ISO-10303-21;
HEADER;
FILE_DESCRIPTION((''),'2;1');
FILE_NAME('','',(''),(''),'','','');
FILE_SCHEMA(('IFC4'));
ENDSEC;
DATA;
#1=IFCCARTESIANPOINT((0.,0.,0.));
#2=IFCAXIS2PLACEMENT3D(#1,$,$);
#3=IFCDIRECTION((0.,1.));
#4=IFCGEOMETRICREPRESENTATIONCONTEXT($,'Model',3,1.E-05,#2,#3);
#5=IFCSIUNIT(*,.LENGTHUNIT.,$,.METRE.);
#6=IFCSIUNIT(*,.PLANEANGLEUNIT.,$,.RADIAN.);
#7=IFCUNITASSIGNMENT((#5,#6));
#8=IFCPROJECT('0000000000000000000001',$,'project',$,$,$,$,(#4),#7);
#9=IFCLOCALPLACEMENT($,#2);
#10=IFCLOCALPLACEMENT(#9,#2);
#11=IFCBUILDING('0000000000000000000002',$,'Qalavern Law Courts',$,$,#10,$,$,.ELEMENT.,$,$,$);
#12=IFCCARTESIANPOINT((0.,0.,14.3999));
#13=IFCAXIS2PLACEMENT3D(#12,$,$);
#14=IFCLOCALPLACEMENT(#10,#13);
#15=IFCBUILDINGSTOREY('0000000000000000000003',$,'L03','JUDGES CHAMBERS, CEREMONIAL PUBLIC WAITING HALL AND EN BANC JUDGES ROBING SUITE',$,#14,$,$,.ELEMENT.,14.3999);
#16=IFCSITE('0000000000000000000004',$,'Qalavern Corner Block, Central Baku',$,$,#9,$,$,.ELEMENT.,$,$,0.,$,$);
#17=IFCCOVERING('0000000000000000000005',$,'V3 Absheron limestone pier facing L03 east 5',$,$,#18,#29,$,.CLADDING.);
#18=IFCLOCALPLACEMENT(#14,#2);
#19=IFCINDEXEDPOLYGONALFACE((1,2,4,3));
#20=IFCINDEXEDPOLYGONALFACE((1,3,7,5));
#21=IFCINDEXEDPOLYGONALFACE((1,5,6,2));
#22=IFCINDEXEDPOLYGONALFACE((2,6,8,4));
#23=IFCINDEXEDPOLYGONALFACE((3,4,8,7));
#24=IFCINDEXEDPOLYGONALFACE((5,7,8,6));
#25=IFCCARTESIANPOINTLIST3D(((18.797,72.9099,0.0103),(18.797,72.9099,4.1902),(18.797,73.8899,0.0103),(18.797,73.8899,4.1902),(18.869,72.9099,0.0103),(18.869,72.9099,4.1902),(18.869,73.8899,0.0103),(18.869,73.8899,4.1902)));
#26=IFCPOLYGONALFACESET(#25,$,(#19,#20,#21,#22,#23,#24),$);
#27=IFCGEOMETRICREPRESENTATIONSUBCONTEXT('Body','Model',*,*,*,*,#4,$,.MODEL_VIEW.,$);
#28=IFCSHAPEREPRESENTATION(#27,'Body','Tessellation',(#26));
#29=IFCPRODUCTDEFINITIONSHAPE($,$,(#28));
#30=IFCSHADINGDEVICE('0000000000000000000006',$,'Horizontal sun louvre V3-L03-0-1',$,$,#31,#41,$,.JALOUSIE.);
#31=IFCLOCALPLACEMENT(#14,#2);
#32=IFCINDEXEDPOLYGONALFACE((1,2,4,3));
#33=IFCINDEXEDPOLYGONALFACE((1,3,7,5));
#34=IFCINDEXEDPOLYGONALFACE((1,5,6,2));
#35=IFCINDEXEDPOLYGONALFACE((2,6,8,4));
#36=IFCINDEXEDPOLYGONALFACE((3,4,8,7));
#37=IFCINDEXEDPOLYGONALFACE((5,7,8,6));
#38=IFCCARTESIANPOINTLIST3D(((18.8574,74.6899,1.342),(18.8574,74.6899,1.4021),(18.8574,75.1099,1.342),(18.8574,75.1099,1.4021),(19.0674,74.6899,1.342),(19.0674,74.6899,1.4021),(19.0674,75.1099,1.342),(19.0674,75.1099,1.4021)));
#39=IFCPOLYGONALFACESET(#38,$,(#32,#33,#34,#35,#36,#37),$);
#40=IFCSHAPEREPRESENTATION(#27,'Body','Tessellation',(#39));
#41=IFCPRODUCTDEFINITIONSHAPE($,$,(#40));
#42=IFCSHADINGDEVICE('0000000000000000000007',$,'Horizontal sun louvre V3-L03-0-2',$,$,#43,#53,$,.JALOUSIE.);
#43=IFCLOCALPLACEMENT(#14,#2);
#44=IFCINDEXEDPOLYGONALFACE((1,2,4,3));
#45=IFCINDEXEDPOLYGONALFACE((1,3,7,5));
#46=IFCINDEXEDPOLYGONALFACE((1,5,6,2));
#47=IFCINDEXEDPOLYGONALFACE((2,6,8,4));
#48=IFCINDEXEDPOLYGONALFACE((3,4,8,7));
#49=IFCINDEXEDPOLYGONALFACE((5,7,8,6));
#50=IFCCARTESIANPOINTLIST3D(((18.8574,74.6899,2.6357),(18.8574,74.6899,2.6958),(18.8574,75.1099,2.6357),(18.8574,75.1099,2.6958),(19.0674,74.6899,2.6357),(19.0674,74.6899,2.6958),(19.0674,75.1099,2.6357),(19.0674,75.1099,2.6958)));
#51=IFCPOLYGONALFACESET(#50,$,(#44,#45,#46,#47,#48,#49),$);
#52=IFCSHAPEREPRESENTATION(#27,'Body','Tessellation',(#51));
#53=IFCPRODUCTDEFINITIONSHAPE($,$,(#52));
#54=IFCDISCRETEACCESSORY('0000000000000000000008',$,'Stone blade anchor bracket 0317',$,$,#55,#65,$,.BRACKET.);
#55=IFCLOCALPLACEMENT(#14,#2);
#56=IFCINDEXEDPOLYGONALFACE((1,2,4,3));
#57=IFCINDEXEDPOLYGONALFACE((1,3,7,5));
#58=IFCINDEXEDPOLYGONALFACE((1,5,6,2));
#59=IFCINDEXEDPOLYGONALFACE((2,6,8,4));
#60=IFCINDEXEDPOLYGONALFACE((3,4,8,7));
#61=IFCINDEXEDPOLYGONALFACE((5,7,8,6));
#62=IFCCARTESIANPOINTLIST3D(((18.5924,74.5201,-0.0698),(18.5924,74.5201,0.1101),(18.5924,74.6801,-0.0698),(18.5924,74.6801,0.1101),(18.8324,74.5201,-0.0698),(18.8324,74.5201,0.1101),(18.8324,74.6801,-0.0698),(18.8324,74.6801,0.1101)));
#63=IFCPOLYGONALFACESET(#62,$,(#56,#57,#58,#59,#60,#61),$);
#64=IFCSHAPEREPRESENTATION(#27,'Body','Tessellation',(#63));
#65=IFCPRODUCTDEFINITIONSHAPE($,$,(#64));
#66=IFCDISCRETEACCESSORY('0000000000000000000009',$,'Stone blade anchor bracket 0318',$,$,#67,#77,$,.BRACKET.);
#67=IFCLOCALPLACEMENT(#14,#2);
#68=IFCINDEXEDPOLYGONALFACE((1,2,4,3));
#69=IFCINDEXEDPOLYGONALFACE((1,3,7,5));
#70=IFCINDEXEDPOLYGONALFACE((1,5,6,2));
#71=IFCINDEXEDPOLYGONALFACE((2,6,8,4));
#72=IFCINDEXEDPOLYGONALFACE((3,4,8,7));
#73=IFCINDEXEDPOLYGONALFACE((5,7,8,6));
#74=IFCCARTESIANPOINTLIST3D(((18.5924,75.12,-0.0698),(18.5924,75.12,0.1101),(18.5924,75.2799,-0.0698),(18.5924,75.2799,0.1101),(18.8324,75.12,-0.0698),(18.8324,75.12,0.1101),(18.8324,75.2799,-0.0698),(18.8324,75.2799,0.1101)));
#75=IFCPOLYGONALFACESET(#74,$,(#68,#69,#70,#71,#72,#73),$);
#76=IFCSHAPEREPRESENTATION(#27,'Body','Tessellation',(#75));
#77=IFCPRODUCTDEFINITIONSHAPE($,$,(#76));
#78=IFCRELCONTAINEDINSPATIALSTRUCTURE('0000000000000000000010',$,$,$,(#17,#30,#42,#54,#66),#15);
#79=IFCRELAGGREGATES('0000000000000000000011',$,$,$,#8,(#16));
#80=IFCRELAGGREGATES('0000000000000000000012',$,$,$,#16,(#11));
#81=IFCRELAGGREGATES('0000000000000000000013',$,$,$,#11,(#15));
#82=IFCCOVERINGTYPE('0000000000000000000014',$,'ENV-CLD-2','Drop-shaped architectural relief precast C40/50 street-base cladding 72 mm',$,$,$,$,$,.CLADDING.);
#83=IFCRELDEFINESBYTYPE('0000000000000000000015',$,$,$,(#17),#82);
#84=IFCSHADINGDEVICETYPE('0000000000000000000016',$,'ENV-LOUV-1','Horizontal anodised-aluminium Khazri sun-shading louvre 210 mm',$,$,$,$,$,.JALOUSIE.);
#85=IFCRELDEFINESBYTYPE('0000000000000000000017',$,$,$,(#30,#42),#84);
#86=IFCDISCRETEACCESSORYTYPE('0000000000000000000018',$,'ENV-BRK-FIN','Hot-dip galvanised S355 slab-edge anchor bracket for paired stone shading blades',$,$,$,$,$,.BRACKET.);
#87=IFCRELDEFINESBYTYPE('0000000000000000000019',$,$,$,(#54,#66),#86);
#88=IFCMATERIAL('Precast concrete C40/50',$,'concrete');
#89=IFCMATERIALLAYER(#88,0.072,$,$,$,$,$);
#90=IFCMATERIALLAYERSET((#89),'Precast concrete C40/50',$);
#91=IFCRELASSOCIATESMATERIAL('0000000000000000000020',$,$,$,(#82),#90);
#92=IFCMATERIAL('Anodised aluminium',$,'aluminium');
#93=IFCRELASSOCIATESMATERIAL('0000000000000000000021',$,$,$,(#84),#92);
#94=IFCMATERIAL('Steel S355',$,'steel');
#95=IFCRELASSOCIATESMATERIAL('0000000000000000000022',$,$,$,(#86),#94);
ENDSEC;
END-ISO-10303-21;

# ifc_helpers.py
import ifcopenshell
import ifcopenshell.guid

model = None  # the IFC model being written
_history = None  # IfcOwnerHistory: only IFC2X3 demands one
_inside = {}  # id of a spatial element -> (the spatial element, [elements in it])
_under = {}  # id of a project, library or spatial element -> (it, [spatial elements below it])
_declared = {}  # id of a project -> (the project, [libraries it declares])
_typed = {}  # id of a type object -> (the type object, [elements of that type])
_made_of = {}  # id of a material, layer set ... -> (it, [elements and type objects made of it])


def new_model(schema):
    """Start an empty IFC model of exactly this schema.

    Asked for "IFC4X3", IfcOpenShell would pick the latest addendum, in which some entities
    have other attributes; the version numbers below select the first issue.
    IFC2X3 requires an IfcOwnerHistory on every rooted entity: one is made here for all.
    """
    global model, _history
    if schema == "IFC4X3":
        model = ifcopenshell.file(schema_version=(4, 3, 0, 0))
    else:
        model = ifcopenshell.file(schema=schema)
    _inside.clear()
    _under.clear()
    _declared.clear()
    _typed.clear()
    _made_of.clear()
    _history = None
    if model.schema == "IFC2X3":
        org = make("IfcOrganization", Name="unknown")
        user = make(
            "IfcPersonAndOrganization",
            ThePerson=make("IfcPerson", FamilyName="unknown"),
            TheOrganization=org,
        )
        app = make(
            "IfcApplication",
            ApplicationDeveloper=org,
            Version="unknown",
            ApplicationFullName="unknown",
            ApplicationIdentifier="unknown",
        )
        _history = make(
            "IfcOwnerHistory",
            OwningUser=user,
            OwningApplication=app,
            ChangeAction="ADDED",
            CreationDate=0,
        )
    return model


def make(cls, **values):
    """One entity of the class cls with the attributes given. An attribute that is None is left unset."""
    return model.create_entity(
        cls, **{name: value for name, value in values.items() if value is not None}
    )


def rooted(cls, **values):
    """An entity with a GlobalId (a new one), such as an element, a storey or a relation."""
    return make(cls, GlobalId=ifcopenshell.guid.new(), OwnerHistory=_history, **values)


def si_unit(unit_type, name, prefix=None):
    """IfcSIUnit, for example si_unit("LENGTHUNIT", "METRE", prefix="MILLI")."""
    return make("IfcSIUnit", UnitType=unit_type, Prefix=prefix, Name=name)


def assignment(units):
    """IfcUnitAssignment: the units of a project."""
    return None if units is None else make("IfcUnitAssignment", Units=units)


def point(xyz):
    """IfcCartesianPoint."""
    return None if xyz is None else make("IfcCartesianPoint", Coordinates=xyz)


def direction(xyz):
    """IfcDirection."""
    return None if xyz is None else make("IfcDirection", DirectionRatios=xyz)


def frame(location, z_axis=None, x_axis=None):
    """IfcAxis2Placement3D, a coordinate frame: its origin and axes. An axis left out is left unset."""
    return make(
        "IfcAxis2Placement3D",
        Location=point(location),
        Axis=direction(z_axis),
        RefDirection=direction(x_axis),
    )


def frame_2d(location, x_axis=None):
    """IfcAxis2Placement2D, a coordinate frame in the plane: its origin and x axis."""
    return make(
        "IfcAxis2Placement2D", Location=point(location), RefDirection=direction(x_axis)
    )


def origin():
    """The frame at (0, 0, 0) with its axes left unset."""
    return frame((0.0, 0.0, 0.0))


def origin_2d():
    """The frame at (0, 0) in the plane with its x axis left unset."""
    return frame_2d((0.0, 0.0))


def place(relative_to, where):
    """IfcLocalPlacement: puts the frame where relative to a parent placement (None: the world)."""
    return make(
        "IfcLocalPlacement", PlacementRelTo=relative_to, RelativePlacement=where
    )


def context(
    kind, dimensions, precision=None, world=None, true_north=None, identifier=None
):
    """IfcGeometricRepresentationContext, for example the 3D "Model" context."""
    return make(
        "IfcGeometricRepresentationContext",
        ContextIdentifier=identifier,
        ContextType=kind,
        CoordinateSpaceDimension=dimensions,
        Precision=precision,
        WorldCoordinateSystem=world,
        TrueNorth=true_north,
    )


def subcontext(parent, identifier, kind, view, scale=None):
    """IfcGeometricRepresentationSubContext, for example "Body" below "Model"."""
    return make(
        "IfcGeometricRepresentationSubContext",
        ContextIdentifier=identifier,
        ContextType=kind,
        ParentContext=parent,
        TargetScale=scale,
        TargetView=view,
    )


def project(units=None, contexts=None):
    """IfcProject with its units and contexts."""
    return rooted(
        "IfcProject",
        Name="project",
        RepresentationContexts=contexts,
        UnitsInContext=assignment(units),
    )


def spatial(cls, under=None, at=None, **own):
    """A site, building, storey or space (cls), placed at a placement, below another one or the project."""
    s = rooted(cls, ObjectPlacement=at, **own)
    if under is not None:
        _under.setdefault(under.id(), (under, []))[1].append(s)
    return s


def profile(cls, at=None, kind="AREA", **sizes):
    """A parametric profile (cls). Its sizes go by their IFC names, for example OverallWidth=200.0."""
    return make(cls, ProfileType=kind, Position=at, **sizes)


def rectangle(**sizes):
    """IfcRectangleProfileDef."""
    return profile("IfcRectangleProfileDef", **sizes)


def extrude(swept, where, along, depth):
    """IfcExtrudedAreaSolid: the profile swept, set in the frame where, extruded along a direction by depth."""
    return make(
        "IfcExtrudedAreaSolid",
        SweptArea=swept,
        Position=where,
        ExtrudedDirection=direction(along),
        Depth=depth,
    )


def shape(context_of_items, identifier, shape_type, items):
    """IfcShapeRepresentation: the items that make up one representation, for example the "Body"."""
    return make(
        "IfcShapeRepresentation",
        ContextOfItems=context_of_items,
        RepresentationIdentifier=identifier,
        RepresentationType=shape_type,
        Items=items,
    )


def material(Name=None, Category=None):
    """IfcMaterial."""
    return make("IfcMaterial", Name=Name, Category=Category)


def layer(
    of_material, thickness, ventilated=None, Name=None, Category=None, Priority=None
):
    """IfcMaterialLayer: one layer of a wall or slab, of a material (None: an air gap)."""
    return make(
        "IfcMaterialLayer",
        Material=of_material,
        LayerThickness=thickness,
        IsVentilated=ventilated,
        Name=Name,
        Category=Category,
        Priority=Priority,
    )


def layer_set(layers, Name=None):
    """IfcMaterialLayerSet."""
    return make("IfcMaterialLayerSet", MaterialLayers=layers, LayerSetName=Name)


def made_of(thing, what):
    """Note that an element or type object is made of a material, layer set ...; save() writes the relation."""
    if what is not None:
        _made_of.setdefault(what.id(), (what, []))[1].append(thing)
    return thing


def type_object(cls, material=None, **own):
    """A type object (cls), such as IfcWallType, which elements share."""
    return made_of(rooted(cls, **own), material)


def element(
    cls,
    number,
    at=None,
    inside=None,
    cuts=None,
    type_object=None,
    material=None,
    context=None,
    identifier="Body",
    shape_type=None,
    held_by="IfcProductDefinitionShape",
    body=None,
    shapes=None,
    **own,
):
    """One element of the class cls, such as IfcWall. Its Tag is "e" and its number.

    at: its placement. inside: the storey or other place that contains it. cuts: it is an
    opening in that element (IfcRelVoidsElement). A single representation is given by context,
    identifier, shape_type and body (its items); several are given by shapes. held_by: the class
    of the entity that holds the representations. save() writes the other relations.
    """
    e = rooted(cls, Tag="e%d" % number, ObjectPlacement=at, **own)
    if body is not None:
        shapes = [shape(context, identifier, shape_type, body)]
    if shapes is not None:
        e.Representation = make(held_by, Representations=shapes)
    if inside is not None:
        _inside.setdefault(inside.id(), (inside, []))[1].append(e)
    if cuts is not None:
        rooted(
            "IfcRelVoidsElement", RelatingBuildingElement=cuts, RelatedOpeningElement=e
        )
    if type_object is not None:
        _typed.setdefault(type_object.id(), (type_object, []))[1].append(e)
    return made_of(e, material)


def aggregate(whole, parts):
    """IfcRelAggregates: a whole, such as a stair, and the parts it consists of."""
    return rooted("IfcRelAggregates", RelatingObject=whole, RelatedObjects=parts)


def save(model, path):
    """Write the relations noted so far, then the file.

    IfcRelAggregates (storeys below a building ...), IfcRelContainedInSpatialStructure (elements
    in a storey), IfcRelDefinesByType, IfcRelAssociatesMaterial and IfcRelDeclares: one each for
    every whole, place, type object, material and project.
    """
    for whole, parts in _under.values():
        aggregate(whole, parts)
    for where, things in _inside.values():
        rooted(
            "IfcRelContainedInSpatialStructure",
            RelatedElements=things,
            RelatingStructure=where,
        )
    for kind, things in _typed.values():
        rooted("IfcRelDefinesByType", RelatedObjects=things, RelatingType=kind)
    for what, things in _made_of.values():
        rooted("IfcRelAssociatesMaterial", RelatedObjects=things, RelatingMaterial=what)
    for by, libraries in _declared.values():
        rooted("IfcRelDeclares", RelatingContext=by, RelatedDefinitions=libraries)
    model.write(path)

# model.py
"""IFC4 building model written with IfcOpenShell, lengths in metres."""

from ifc_helpers import new_model, si_unit, direction, frame, origin, origin_2d, place, context, subcontext, project, spatial, rectangle, extrude, material, layer, layer_set, type_object, element, save


model = new_model("IFC4")

# Units and contexts
model_context = context("Model", 3, precision=1e-05, world=origin(), true_north=direction((0.0, 1.0)))
body_context = subcontext(model_context, "Body", "Model", "MODEL_VIEW")
ifc_project = project(units=[si_unit("LENGTHUNIT", "METRE"), si_unit("PLANEANGLEUNIT", "RADIAN")], contexts=[model_context])

# Site, building, storey
site_placement = place(None, origin())
site = spatial("IfcSite", under=ifc_project, at=site_placement, Name="Qalavern Corner Block, Central Baku", CompositionType="ELEMENT", RefElevation=0.0)
building_placement = place(site_placement, origin())
building = spatial("IfcBuilding", under=site, at=building_placement, Name="Qalavern Law Courts", CompositionType="ELEMENT")
storey_placement = place(building_placement, frame((0.0, 0.0, 14.3999)))
storey = spatial("IfcBuildingStorey", under=building, at=storey_placement, Name="L03", Description="JUDGES CHAMBERS, CEREMONIAL PUBLIC WAITING HALL AND EN BANC JUDGES ROBING SUITE", CompositionType="ELEMENT", Elevation=14.3999)

# Shared definitions
ifc_material_1 = material(Name="Anodised aluminium", Category="aluminium")

# Shared definitions
ifc_material_2 = material(Name="Steel S355", Category="steel")

# Covering
ifc_material_3 = material(Name="Precast concrete C40/50", Category="concrete")
ifc_layer_1 = layer(ifc_material_3, 0.072)
ifc_layer_set_1 = layer_set([ifc_layer_1], Name="Precast concrete C40/50")
covering_type_1 = type_object("IfcCoveringType", Name="ENV-CLD-2", Description="Drop-shaped architectural relief precast C40/50 street-base cladding 72 mm", PredefinedType="CLADDING", material=ifc_layer_set_1)
covering_placement = place(storey_placement, frame((18.833, 73.3999, 0.0103), z_axis=(0.0, 0.0, 1.0), x_axis=(0.0, 1.0, 0.0)))
element("IfcCovering", 1, at=covering_placement, inside=storey, type_object=covering_type_1, Name="V3 Absheron limestone pier facing L03 east 5", PredefinedType="CLADDING", context=body_context, shape_type="SweptSolid", body=[
    extrude(rectangle(XDim=0.98, YDim=0.072, at=origin_2d()), origin(), (0.0, 0.0, 1.0), 4.1799),
])

# Shading devices
shading_device_type = type_object("IfcShadingDeviceType", Name="ENV-LOUV-1", Description="Horizontal anodised-aluminium Khazri sun-shading louvre 210 mm", PredefinedType="JALOUSIE", material=ifc_material_1)
for number, where, z_axis, x_axis, name in (
    (2, (18.9624, 74.8999, 1.342), (0.0, 0.0, 1.0), (0.0, 1.0, 0.0), "Horizontal sun louvre V3-L03-0-1"),
    (3, (18.9624, 74.8999, 2.6357), (0.0, 0.0, 1.0), (0.0, 1.0, 0.0), "Horizontal sun louvre V3-L03-0-2"),
):
    element("IfcShadingDevice", number, at=place(storey_placement, frame(where, z_axis=z_axis, x_axis=x_axis)), inside=storey, type_object=shading_device_type, Name=name, PredefinedType="JALOUSIE", context=body_context, shape_type="SweptSolid", body=[
        extrude(rectangle(XDim=0.4199, YDim=0.21, at=origin_2d()), origin(), (0.0, 0.0, 1.0), 0.0601),
    ])

# Discrete accessories
discrete_accessory_type = type_object("IfcDiscreteAccessoryType", Name="ENV-BRK-FIN", Description="Hot-dip galvanised S355 slab-edge anchor bracket for paired stone shading blades", PredefinedType="BRACKET", material=ifc_material_2)
for number, where, z_axis, x_axis, name in (
    (4, (18.7124, 74.6001, -0.0698), (0.0, 0.0, 1.0), (1.0, 0.0, 0.0), "Stone blade anchor bracket 0317"),
    (5, (18.7124, 75.2, -0.0698), (0.0, 0.0, 1.0), (1.0, 0.0, 0.0), "Stone blade anchor bracket 0318"),
):
    element("IfcDiscreteAccessory", number, at=place(storey_placement, frame(where, z_axis=z_axis, x_axis=x_axis)), inside=storey, type_object=discrete_accessory_type, Name=name, PredefinedType="BRACKET", context=body_context, shape_type="SweptSolid", body=[
        extrude(rectangle(XDim=0.24, YDim=0.1599, at=origin_2d()), origin(), (0.0, 0.0, 1.0), 0.1799),
    ])

save(model, "model.ifc")
